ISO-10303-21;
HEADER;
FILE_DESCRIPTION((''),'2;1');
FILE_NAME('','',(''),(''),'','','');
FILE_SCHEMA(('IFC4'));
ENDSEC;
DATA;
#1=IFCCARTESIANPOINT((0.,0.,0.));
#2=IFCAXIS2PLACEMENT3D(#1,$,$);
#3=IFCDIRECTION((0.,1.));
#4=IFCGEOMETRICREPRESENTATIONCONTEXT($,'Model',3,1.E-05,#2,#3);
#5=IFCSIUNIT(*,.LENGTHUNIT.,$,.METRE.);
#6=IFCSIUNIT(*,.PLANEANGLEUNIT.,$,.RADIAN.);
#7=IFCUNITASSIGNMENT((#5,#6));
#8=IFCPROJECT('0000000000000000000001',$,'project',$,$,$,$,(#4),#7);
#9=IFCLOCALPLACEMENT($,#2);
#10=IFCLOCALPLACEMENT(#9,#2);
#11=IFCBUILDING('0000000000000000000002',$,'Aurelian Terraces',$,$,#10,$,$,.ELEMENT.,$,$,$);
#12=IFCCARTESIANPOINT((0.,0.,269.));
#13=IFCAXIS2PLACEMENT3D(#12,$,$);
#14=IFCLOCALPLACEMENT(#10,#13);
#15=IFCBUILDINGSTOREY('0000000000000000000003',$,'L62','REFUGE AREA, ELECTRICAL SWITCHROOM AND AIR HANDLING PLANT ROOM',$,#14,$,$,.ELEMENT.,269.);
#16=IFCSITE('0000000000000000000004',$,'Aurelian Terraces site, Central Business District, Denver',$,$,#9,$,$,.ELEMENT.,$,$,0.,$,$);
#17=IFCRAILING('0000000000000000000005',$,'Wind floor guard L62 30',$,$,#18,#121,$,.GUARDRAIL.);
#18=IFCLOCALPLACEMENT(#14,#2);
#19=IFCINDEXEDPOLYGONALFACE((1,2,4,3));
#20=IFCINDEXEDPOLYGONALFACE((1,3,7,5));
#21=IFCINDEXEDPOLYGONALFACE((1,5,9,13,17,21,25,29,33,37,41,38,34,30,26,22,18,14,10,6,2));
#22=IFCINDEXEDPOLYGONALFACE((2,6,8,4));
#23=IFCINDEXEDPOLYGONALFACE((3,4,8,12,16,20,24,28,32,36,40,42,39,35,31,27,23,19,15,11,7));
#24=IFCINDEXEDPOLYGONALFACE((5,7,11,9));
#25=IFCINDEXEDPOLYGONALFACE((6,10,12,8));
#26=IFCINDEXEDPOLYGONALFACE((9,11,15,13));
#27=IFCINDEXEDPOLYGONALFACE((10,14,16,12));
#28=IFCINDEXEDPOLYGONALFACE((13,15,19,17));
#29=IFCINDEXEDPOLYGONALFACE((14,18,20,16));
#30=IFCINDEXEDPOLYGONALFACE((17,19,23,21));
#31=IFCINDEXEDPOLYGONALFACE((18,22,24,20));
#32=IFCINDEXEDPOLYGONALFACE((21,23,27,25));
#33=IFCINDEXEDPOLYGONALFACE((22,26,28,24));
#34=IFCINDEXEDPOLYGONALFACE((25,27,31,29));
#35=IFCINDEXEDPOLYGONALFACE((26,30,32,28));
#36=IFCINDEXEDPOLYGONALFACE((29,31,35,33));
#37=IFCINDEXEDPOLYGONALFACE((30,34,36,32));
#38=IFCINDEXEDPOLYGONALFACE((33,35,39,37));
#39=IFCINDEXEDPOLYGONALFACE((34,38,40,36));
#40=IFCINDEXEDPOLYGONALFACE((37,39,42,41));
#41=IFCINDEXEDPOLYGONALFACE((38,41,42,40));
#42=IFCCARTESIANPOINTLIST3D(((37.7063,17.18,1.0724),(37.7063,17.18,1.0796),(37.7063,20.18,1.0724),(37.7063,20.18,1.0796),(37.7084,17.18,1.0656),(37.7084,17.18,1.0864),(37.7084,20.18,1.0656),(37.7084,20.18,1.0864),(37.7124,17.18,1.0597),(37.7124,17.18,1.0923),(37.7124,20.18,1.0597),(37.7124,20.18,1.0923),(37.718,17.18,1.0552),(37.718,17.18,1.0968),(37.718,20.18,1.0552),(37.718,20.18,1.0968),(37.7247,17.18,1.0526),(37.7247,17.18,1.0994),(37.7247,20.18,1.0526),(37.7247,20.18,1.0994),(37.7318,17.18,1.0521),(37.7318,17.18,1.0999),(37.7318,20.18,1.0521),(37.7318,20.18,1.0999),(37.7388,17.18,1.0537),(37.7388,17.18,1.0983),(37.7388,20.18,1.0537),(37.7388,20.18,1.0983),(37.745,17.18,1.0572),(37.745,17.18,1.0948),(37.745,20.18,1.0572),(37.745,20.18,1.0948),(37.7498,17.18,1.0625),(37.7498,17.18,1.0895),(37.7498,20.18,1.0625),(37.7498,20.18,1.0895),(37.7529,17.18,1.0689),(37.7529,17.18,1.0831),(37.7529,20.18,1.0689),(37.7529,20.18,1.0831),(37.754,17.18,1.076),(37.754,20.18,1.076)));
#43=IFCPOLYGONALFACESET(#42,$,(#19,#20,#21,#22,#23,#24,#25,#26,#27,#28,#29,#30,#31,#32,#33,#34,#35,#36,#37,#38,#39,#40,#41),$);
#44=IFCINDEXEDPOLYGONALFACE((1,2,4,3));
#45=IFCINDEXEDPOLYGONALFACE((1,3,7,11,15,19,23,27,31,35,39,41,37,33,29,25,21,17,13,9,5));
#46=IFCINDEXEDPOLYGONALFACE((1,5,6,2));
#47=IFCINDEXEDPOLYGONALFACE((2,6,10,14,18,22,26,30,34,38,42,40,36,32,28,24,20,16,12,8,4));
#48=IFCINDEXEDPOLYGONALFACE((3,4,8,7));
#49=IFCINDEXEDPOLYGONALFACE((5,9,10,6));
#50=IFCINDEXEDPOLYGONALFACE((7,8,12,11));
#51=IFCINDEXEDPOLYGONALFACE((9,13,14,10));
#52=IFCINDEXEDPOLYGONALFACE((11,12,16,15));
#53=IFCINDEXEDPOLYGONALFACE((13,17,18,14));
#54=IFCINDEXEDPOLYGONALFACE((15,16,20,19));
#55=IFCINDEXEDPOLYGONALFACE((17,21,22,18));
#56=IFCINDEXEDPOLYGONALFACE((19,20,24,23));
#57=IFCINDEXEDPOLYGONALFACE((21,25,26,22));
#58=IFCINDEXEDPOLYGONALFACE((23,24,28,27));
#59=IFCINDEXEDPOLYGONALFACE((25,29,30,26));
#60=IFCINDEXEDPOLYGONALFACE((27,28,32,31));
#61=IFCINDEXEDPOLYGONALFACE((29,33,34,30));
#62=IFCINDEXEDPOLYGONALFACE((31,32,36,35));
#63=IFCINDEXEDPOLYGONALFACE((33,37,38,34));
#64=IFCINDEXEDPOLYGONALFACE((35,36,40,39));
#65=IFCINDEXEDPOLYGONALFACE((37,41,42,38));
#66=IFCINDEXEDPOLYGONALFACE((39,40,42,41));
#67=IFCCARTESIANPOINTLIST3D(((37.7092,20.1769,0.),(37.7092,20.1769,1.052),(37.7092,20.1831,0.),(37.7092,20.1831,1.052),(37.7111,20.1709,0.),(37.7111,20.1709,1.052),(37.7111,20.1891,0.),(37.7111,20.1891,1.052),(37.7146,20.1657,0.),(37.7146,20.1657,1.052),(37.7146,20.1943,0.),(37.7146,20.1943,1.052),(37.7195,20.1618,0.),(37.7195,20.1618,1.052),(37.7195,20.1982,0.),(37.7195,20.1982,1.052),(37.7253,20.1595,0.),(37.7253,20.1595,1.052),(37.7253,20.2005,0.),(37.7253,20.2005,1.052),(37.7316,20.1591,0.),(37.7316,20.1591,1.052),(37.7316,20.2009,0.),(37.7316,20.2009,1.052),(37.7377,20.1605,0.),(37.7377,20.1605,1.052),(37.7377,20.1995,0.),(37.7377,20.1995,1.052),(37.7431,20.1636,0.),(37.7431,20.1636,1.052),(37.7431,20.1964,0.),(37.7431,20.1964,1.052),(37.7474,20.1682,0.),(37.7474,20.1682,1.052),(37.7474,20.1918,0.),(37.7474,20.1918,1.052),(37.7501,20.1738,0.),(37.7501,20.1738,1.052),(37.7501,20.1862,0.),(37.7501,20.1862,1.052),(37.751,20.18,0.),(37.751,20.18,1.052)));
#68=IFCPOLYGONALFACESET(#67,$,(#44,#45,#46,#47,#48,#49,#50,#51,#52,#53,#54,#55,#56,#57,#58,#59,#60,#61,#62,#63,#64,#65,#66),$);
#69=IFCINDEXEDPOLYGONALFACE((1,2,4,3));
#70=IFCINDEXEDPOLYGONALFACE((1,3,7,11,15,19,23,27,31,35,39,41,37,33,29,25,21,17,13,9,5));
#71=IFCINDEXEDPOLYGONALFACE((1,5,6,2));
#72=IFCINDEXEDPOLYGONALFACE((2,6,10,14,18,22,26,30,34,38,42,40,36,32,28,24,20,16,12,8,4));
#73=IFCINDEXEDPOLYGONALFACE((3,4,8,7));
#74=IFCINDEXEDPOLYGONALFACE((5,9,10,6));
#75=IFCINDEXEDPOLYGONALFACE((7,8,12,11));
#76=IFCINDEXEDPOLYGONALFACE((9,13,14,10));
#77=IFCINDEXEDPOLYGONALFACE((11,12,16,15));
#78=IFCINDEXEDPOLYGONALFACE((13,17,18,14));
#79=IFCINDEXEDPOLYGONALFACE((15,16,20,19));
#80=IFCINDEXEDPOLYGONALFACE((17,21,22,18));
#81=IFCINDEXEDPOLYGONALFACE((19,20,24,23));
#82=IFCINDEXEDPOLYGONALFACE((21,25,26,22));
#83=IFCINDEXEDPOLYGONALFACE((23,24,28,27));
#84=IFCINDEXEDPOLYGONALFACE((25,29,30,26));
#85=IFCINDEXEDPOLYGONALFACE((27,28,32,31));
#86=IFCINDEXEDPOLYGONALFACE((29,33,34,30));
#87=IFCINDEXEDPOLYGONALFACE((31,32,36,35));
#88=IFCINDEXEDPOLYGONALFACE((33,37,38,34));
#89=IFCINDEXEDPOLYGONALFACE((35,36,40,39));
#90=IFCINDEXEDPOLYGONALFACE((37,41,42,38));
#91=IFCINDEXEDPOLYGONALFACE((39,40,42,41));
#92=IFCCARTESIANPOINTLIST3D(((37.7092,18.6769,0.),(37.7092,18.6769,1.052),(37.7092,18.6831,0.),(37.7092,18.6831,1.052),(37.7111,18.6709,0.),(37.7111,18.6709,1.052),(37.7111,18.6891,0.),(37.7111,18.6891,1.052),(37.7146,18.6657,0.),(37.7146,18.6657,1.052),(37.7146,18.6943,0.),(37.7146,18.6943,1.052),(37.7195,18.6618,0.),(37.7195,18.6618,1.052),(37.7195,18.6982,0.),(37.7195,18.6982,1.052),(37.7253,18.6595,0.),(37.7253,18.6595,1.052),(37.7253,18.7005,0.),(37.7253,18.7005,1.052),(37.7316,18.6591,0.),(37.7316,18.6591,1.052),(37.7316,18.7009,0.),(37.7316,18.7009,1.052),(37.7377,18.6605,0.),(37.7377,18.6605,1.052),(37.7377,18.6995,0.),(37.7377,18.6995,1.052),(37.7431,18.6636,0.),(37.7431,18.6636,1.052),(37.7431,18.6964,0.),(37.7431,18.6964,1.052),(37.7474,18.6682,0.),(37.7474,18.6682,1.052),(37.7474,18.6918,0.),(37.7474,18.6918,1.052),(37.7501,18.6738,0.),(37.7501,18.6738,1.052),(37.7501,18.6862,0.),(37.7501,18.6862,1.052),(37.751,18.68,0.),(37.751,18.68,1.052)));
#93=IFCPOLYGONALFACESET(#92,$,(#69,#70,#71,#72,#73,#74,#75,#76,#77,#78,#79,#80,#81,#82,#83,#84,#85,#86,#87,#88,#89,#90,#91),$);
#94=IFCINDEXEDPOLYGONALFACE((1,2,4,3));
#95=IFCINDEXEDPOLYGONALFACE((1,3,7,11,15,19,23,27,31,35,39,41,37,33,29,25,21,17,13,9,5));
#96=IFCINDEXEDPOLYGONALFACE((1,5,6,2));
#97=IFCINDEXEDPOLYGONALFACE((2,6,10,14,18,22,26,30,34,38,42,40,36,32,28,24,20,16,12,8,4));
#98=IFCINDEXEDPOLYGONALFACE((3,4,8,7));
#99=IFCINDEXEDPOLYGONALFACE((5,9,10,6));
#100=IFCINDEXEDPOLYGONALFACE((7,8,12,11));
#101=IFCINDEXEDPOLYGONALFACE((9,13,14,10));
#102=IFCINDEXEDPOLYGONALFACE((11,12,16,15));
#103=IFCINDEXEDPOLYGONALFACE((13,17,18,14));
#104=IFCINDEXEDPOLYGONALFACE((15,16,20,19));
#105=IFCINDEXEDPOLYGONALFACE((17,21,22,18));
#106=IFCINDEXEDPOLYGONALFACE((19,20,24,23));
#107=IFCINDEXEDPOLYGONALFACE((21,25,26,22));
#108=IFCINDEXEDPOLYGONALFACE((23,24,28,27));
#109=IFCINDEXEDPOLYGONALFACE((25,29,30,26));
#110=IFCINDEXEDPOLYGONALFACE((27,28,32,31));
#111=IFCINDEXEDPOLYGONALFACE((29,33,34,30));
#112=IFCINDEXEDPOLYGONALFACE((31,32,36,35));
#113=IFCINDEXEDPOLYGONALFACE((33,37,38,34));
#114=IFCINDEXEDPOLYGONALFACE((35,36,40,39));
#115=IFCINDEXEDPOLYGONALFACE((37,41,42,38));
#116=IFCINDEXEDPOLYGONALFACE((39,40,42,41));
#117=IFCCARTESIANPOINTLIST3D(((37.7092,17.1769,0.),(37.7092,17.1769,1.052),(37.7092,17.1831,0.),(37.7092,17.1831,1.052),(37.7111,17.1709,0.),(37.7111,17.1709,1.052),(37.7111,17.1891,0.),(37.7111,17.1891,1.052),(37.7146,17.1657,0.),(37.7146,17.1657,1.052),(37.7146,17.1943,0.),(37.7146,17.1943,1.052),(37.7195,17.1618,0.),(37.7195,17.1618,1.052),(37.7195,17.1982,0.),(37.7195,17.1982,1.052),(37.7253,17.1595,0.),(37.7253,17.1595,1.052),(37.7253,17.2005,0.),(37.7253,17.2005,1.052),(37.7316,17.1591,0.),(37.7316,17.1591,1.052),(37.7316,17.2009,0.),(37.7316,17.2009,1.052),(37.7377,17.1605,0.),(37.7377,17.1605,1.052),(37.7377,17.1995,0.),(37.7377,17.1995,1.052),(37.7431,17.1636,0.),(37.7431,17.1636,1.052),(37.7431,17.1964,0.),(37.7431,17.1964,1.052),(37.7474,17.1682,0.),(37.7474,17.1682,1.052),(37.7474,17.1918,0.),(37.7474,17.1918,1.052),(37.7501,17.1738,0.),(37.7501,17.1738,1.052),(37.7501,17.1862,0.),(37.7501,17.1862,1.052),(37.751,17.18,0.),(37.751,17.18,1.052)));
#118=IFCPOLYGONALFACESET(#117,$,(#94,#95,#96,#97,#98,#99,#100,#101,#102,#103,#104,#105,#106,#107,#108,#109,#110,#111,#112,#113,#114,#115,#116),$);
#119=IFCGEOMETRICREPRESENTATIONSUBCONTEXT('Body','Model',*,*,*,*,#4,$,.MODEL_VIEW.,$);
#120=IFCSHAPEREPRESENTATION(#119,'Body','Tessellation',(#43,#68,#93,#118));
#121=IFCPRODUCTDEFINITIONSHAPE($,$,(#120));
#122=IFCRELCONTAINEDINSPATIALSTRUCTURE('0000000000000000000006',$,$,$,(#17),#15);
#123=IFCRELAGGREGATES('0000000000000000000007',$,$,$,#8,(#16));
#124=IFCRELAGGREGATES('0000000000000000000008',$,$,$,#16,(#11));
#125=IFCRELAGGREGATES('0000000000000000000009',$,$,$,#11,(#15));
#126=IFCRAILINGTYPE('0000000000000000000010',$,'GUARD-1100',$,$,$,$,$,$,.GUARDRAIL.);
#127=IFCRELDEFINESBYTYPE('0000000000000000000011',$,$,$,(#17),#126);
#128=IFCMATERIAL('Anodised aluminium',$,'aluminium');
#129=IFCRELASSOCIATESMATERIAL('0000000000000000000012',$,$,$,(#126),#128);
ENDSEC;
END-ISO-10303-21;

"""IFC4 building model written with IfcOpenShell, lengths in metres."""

from ifc_helpers import new_model, si_unit, direction, frame, origin, origin_2d, place, context, subcontext, project, spatial, circle, extrude, material, type_object, element, save


model = new_model("IFC4")

# Units and contexts
model_context = context("Model", 3, precision=1e-05, world=origin(), true_north=direction((0.0, 1.0)))
body_context = subcontext(model_context, "Body", "Model", "MODEL_VIEW")
ifc_project = project(units=[si_unit("LENGTHUNIT", "METRE"), si_unit("PLANEANGLEUNIT", "RADIAN")], contexts=[model_context])

# Site, building, storey
site_placement = place(None, origin())
site = spatial("IfcSite", under=ifc_project, at=site_placement, Name="Aurelian Terraces site, Central Business District, Denver", CompositionType="ELEMENT", RefElevation=0.0)
building_placement = place(site_placement, origin())
building = spatial("IfcBuilding", under=site, at=building_placement, Name="Aurelian Terraces", CompositionType="ELEMENT")
storey_placement = place(building_placement, frame((0.0, 0.0, 269.0)))
storey = spatial("IfcBuildingStorey", under=building, at=storey_placement, Name="L62", Description="REFUGE AREA, ELECTRICAL SWITCHROOM AND AIR HANDLING PLANT ROOM", CompositionType="ELEMENT", Elevation=269.0)

# Railing
ifc_material_1 = material(Name="Anodised aluminium", Category="aluminium")
railing_type = type_object("IfcRailingType", Name="GUARD-1100", PredefinedType="GUARDRAIL", material=ifc_material_1)
railing_1_placement = place(storey_placement, frame((37.73, 20.18, 0.0)))
element("IfcRailing", 1, at=railing_1_placement, inside=storey, type_object=railing_type, Name="Wind floor guard L62 30", PredefinedType="GUARDRAIL", context=body_context, shape_type="SweptSolid", body=[
    extrude(circle(Radius=0.024, at=origin_2d()), frame((0.0, 0.0, 1.076), z_axis=(0.0, -1.0, 0.0), x_axis=(1.0, 0.0, 0.0)), (0.0, 0.0, 1.0), 3.0),
    extrude(circle(Radius=0.021, at=origin_2d()), origin(), (0.0, 0.0, 1.0), 1.052),
    extrude(circle(Radius=0.021, at=origin_2d()), frame((0.0, -1.5, 0.0)), (0.0, 0.0, 1.0), 1.052),
    extrude(circle(Radius=0.021, at=origin_2d()), frame((0.0, -3.0, 0.0)), (0.0, 0.0, 1.0), 1.052),
])

save(model, "model.ifc")
